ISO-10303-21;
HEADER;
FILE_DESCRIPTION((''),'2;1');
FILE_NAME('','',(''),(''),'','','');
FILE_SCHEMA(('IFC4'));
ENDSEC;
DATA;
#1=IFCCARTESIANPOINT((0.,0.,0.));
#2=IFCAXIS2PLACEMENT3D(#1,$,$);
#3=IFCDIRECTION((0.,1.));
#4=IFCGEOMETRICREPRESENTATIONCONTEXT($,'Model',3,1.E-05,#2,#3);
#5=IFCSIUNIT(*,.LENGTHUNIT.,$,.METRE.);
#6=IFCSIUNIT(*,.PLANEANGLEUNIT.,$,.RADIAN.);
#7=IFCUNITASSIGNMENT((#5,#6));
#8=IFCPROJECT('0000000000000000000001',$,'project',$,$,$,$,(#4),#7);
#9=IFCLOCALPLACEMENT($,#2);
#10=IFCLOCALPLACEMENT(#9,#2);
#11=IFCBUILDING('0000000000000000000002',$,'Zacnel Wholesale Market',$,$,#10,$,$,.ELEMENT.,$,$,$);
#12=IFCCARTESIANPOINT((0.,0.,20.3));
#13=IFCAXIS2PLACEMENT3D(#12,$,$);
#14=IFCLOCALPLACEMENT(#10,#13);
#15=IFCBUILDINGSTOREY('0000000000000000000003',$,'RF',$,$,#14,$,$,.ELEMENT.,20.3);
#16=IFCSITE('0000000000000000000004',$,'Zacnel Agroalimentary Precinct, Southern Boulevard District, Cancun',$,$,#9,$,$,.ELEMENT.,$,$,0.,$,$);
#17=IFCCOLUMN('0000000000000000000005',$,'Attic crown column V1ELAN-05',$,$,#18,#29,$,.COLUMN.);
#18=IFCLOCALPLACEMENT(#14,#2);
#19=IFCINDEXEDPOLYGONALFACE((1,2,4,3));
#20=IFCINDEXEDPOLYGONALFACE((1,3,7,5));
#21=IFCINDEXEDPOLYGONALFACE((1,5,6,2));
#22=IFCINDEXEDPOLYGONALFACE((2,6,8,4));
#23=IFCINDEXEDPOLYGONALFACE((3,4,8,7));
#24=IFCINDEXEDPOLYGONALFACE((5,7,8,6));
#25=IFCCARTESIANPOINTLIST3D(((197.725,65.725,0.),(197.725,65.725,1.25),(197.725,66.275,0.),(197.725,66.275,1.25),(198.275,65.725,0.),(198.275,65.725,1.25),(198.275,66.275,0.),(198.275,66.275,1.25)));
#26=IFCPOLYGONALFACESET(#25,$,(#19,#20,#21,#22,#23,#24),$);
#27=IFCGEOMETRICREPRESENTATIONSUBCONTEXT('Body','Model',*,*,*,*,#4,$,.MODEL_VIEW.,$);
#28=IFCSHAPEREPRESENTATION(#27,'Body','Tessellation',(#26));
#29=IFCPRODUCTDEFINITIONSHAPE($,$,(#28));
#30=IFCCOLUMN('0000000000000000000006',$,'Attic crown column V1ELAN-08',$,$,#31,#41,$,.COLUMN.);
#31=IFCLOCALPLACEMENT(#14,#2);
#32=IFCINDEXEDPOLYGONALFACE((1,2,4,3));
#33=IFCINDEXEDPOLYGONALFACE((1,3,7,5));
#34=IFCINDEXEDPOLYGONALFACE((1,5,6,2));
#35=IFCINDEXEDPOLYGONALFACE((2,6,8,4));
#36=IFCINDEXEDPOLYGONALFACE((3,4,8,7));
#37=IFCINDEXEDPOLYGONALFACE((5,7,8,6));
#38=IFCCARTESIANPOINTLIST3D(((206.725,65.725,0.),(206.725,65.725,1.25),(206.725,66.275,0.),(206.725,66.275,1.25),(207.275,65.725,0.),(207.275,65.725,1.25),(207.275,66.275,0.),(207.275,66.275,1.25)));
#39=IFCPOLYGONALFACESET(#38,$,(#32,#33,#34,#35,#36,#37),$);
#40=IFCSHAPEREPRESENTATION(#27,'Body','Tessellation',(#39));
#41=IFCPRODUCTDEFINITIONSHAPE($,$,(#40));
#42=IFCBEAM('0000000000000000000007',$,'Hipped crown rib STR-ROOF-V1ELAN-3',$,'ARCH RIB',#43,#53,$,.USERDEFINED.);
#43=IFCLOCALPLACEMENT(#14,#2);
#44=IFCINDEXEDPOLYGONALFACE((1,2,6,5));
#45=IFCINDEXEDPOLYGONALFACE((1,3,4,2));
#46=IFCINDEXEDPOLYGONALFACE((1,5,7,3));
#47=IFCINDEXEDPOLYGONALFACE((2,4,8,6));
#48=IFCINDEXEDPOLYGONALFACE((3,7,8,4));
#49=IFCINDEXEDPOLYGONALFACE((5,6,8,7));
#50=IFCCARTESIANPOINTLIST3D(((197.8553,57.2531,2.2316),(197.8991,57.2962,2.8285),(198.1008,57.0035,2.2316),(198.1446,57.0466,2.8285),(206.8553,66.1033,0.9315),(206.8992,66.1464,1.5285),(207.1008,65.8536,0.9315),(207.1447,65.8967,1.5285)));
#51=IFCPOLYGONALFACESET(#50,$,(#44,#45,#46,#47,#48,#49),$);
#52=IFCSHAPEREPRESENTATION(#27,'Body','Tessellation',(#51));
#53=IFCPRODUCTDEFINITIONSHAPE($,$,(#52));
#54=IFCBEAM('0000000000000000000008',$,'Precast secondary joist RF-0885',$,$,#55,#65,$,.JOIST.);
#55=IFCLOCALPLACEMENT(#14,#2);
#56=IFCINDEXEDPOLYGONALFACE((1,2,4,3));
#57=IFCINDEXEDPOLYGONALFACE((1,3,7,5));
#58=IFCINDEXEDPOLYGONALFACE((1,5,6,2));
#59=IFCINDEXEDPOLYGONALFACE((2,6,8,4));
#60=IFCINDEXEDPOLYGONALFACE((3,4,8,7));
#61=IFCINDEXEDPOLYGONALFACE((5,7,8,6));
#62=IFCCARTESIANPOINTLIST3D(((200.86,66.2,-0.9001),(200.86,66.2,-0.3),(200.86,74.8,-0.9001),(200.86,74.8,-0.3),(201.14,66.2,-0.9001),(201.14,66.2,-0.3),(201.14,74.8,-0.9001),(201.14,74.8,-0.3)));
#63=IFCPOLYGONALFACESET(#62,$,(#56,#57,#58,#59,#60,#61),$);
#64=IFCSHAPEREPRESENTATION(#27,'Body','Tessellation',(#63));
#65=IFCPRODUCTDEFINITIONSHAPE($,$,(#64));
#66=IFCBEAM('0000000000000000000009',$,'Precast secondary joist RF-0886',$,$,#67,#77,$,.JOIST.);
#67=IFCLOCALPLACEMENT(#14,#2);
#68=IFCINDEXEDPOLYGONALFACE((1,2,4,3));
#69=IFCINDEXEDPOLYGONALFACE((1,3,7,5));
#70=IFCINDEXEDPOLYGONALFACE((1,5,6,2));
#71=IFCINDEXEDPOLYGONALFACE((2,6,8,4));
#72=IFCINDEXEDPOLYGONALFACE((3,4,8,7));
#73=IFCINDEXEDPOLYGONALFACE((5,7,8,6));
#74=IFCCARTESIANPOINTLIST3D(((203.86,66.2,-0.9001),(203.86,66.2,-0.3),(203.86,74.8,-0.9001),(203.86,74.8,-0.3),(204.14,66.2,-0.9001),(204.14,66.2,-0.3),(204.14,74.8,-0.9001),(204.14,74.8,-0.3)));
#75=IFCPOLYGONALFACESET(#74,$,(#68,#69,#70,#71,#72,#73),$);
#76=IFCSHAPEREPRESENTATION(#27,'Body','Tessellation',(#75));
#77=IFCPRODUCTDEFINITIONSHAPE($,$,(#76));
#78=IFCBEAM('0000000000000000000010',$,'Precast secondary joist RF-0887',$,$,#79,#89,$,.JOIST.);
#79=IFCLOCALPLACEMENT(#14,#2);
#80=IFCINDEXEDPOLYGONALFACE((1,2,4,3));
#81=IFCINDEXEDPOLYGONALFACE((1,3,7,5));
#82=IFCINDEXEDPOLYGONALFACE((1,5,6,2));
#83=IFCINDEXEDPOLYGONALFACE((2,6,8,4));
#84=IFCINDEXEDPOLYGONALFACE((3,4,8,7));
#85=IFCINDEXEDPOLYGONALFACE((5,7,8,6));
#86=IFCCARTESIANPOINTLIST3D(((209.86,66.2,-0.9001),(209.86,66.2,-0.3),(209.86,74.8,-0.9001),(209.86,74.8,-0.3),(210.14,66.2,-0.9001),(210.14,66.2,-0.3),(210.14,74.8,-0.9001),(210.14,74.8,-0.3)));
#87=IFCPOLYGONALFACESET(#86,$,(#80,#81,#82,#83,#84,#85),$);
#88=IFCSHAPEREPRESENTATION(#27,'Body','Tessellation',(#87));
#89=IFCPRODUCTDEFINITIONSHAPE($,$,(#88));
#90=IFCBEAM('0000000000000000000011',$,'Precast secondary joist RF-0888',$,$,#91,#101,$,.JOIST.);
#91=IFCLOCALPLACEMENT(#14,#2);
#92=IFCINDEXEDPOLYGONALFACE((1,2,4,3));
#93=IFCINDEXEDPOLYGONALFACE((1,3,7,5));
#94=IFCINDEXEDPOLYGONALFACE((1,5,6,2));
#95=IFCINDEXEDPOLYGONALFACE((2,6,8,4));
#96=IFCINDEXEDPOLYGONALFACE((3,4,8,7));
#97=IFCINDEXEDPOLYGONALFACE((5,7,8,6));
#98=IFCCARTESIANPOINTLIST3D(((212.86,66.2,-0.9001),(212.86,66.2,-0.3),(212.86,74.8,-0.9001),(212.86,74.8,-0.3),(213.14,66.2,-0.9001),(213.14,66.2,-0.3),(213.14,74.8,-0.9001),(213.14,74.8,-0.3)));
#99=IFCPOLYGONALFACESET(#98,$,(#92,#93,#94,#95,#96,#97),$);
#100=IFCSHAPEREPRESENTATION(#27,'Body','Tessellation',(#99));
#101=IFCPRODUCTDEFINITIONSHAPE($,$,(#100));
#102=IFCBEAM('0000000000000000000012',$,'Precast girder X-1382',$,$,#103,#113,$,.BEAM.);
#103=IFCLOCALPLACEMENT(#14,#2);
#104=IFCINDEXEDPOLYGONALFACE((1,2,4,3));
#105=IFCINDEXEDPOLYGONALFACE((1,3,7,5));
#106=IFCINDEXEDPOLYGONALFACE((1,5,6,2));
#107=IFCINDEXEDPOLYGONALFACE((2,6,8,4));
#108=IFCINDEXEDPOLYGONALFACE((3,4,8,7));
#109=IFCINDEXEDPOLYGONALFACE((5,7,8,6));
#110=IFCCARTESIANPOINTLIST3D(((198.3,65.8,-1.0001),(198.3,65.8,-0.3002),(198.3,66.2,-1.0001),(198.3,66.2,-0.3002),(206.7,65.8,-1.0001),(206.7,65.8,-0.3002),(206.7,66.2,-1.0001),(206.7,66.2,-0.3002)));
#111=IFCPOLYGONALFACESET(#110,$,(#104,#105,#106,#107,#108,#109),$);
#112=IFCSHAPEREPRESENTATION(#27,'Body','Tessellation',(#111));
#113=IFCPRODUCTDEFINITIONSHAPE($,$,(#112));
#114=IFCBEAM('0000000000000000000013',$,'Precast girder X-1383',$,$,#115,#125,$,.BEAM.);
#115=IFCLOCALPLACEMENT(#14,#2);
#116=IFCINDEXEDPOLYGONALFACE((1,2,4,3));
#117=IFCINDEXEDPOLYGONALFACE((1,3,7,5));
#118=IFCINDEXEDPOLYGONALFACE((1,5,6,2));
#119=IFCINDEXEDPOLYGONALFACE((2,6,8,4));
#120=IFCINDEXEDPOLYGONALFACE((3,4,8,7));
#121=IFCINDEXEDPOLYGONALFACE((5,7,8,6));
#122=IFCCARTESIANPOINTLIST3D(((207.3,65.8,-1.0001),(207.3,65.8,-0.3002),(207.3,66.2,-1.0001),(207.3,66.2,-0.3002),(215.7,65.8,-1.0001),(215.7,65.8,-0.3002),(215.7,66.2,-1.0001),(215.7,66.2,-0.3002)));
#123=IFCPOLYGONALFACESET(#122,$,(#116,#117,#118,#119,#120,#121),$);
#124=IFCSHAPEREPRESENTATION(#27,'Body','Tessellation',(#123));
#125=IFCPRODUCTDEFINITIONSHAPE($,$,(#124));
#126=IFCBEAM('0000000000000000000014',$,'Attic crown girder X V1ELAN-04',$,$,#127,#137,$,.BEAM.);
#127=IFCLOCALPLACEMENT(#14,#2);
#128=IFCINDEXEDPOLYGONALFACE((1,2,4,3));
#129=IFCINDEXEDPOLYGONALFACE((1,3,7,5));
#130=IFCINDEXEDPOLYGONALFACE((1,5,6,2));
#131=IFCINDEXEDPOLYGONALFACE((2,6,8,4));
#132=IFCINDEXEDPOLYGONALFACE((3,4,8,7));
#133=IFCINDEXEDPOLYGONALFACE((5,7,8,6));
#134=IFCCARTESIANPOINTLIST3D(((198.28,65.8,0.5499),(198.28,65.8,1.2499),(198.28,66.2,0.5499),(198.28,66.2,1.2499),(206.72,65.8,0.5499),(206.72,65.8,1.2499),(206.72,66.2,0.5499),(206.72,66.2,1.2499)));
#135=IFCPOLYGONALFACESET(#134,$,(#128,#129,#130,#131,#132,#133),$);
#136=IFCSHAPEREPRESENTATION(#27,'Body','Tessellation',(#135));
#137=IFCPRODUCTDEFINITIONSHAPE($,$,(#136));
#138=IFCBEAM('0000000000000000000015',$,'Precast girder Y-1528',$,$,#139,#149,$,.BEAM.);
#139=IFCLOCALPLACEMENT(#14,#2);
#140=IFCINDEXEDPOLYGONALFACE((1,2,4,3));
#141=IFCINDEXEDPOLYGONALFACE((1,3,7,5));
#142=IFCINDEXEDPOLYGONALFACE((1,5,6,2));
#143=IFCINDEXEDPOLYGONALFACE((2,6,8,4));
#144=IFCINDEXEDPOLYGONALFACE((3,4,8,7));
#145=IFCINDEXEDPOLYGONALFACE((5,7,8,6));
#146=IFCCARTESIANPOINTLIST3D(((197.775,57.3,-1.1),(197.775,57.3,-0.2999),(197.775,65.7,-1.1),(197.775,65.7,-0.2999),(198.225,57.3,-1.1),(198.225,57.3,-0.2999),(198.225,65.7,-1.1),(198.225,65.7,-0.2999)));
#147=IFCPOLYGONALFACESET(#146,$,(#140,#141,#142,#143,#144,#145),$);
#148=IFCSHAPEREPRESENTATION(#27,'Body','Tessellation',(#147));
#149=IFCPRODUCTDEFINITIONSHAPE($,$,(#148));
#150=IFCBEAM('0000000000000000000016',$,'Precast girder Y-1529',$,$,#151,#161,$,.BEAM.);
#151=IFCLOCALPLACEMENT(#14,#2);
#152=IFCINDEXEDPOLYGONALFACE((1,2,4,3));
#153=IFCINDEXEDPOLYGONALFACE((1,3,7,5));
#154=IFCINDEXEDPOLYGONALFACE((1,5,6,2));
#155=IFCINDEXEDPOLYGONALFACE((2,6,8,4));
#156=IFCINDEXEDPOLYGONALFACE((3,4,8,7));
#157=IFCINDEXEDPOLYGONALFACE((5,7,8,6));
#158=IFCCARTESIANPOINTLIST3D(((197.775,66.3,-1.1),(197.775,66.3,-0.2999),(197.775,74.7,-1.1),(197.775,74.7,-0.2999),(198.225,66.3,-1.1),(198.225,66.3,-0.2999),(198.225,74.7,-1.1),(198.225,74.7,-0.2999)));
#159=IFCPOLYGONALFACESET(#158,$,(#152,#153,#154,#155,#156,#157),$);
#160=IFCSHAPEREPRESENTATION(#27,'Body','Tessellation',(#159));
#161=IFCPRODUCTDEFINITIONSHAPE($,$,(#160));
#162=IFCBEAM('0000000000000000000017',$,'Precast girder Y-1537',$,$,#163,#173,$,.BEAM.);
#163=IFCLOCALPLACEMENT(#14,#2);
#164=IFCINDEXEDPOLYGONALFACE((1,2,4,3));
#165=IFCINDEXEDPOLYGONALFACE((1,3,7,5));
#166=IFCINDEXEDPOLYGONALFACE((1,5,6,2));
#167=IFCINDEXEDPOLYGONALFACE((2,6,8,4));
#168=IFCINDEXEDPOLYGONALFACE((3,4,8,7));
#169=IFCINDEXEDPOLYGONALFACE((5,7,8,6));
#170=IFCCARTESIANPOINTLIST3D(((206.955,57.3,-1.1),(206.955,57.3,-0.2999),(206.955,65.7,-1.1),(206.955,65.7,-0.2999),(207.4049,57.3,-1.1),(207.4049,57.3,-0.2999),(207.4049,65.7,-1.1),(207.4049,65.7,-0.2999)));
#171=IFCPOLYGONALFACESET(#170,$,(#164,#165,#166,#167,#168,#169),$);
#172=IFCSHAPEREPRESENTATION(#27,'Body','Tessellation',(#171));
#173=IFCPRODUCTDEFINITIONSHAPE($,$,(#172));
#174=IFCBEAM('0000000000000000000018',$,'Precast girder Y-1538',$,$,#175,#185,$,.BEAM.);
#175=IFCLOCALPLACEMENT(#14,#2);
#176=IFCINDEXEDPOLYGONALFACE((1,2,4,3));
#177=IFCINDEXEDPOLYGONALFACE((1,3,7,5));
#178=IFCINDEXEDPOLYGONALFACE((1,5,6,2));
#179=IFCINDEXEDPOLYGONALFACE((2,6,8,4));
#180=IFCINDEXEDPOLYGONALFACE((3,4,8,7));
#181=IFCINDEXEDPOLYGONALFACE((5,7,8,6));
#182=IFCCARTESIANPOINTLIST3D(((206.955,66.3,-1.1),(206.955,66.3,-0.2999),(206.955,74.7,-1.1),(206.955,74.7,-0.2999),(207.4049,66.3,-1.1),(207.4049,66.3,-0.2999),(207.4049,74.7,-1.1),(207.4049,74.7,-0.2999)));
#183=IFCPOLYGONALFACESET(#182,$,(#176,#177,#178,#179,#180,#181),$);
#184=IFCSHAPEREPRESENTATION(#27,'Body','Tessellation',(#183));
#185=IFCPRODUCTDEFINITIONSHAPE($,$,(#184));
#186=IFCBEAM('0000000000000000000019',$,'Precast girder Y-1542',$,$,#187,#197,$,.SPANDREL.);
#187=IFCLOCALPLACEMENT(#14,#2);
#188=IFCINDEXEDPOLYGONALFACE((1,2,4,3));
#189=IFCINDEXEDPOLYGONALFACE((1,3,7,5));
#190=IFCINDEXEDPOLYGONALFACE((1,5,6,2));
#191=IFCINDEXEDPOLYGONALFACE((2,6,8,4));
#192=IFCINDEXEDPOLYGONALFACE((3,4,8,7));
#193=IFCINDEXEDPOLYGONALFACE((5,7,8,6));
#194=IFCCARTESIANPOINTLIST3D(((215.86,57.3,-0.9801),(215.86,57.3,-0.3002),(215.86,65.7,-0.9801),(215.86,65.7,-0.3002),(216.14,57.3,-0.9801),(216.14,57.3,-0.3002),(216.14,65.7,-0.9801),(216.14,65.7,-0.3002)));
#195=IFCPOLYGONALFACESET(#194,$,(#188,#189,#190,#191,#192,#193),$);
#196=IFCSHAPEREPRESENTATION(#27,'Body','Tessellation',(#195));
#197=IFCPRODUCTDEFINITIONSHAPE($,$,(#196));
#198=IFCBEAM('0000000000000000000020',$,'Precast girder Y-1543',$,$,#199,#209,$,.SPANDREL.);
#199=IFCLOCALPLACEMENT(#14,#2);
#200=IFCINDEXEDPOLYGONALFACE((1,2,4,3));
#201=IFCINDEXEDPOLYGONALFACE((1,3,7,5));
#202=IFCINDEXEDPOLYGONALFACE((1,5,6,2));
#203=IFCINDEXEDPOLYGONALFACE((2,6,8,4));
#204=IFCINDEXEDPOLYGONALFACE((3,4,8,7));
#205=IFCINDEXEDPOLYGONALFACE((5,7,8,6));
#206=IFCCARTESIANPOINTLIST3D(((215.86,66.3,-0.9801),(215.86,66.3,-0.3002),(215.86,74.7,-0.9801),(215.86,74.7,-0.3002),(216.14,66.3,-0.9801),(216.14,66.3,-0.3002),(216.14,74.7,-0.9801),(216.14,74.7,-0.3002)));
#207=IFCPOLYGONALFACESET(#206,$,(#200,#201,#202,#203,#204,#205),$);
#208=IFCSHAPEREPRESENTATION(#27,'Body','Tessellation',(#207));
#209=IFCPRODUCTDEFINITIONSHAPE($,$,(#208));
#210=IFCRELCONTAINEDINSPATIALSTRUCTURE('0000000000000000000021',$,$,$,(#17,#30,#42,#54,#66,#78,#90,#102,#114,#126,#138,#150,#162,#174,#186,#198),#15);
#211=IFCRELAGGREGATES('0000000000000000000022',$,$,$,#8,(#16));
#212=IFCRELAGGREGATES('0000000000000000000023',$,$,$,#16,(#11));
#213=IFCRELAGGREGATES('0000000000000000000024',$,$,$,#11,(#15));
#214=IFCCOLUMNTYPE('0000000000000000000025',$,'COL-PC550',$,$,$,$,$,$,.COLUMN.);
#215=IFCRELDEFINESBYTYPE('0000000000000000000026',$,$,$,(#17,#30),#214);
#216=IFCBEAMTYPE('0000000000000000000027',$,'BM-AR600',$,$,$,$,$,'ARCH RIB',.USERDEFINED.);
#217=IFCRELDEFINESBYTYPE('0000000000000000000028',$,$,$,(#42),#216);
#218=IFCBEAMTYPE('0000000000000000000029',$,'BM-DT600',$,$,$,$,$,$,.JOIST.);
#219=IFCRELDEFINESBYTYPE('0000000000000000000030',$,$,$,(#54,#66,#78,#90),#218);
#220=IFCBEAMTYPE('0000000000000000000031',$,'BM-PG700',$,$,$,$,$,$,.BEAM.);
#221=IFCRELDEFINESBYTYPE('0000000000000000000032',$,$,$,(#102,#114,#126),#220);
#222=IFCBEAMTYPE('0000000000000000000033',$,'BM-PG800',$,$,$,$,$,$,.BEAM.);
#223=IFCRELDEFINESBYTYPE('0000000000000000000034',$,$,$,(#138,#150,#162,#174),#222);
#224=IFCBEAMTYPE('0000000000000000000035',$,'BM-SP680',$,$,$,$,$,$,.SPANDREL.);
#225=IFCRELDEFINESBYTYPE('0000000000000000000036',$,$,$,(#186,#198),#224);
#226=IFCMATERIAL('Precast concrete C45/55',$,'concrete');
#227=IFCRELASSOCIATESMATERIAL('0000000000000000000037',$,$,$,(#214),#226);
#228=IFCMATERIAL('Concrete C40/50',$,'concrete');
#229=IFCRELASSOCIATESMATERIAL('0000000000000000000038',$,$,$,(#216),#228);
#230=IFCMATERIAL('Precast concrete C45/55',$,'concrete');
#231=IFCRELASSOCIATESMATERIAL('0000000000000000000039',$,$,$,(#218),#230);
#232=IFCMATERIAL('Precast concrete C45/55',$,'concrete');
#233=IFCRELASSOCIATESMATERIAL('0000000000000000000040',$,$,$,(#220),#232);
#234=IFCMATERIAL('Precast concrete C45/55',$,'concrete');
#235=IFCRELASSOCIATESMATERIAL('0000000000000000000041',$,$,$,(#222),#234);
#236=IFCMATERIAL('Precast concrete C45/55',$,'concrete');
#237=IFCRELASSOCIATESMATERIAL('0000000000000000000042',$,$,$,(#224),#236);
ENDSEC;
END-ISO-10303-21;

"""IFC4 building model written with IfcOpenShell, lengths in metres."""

from ifc_helpers import new_model, si_unit, direction, frame, origin, origin_2d, place, context, subcontext, project, spatial, rectangle, extrude, material, material_profile, profile_set, type_object, element, save


model = new_model("IFC4")

# Units and contexts
model_context = context("Model", 3, precision=1e-05, world=origin(), true_north=direction((0.0, 1.0)))
body_context = subcontext(model_context, "Body", "Model", "MODEL_VIEW")
ifc_project = project(units=[si_unit("LENGTHUNIT", "METRE"), si_unit("PLANEANGLEUNIT", "RADIAN")], contexts=[model_context])

# Site, building, storey
site_placement = place(None, origin())
site = spatial("IfcSite", under=ifc_project, at=site_placement, Name="Zacnel Agroalimentary Precinct, Southern Boulevard District, Cancun", CompositionType="ELEMENT", RefElevation=0.0)
building_placement = place(site_placement, origin())
building = spatial("IfcBuilding", under=site, at=building_placement, Name="Zacnel Wholesale Market", CompositionType="ELEMENT")
storey_placement = place(building_placement, frame((0.0, 0.0, 20.3)))
storey = spatial("IfcBuildingStorey", under=building, at=storey_placement, Name="RF", CompositionType="ELEMENT", Elevation=20.3)

# Columns
ifc_material_1 = material(Name="Precast concrete C45/55", Category="concrete")
ifc_material_profile_1 = material_profile(ifc_material_1, rectangle(XDim=0.55, YDim=0.55, at=origin_2d()), Name="PC 550x550")
ifc_profile_set_1 = profile_set([ifc_material_profile_1], Name="Precast concrete C45/55")
column_type = type_object("IfcColumnType", Name="COL-PC550", PredefinedType="COLUMN", material=ifc_profile_set_1)
for number, where, z_axis, x_axis, name in (
    (1, (198.0, 66.0, 0.0), (0.0, 0.0, 1.0), (1.0, 0.0, 0.0), "Attic crown column V1ELAN-05"),
    (2, (207.0, 66.0, 0.0), (0.0, 0.0, 1.0), (1.0, 0.0, 0.0), "Attic crown column V1ELAN-08"),
):
    element("IfcColumn", number, at=place(storey_placement, frame(where, z_axis=z_axis, x_axis=x_axis)), inside=storey, type_object=column_type, Name=name, PredefinedType="COLUMN", context=body_context, shape_type="SweptSolid", body=[
        extrude(rectangle(XDim=0.55, YDim=0.55, at=origin_2d()), origin(), (0.0, 0.0, 1.0), 1.25),
    ])

# Beams
ifc_material_2 = material(Name="Concrete C40/50", Category="concrete")
ifc_material_profile_2 = material_profile(ifc_material_2, rectangle(XDim=0.3501, YDim=0.6001, at=origin_2d()), Name="ARCH RIB 350x600")
ifc_profile_set_2 = profile_set([ifc_material_profile_2], Name="Concrete C40/50")
beam_type_1 = type_object("IfcBeamType", Name="BM-AR600", ElementType="ARCH RIB", PredefinedType="USERDEFINED", material=ifc_profile_set_2)
beam_1_placement = place(storey_placement, frame((207.0, 66.0, 1.23), z_axis=(-0.709268, -0.697454, 0.102454), x_axis=(0.701144, -0.71302, 0.0)))
element("IfcBeam", 3, at=beam_1_placement, inside=storey, type_object=beam_type_1, Name="Hipped crown rib STR-ROOF-V1ELAN-3", ObjectType="ARCH RIB", PredefinedType="USERDEFINED", context=body_context, shape_type="SweptSolid", body=[
    extrude(rectangle(XDim=0.3501, YDim=0.6001, at=origin_2d()), origin(), (0.0, 0.0, 1.0), 12.6892),
])
ifc_material_3 = material(Name="Precast concrete C45/55", Category="concrete")
ifc_material_profile_3 = material_profile(ifc_material_3, rectangle(XDim=0.28, YDim=0.6001, at=origin_2d()), Name="DT RIB 280x600")
ifc_profile_set_3 = profile_set([ifc_material_profile_3], Name="Precast concrete C45/55")
beam_type_2 = type_object("IfcBeamType", Name="BM-DT600", PredefinedType="JOIST", material=ifc_profile_set_3)
for number, where, z_axis, x_axis, name in (
    (4, (201.0, 66.2, -0.6001), (0.0, 1.0, 0.0), (-1.0, 0.0, 0.0), "Precast secondary joist RF-0885"),
    (5, (204.0, 66.2, -0.6001), (0.0, 1.0, 0.0), (-1.0, 0.0, 0.0), "Precast secondary joist RF-0886"),
    (6, (210.0, 66.2, -0.6001), (0.0, 1.0, 0.0), (-1.0, 0.0, 0.0), "Precast secondary joist RF-0887"),
    (7, (213.0, 66.2, -0.6001), (0.0, 1.0, 0.0), (-1.0, 0.0, 0.0), "Precast secondary joist RF-0888"),
):
    element("IfcBeam", number, at=place(storey_placement, frame(where, z_axis=z_axis, x_axis=x_axis)), inside=storey, type_object=beam_type_2, Name=name, PredefinedType="JOIST", context=body_context, shape_type="SweptSolid", body=[
        extrude(rectangle(XDim=0.28, YDim=0.6001, at=origin_2d()), origin(), (0.0, 0.0, 1.0), 8.6001),
    ])
ifc_material_4 = material(Name="Precast concrete C45/55", Category="concrete")
ifc_material_profile_4 = material_profile(ifc_material_4, rectangle(XDim=0.3999, YDim=0.7, at=origin_2d()), Name="PG 400x700")
ifc_profile_set_4 = profile_set([ifc_material_profile_4], Name="Precast concrete C45/55")
beam_type_3 = type_object("IfcBeamType", Name="BM-PG700", PredefinedType="BEAM", material=ifc_profile_set_4)
for number, where, z_axis, x_axis, name in (
    (8, (198.3, 66.0, -0.6501), (1.0, 0.0, 0.0), (0.0, 1.0, 0.0), "Precast girder X-1382"),
    (9, (207.3, 66.0, -0.6501), (1.0, 0.0, 0.0), (0.0, 1.0, 0.0), "Precast girder X-1383"),
):
    element("IfcBeam", number, at=place(storey_placement, frame(where, z_axis=z_axis, x_axis=x_axis)), inside=storey, type_object=beam_type_3, Name=name, PredefinedType="BEAM", context=body_context, shape_type="SweptSolid", body=[
        extrude(rectangle(XDim=0.3999, YDim=0.7, at=origin_2d()), origin(), (0.0, 0.0, 1.0), 8.3999),
    ])
beam_2_placement = place(storey_placement, frame((198.28, 66.0, 0.8999), z_axis=(1.0, 0.0, 0.0), x_axis=(0.0, 1.0, 0.0)))
element("IfcBeam", 10, at=beam_2_placement, inside=storey, type_object=beam_type_3, Name="Attic crown girder X V1ELAN-04", PredefinedType="BEAM", context=body_context, shape_type="SweptSolid", body=[
    extrude(rectangle(XDim=0.3999, YDim=0.7, at=origin_2d()), origin(), (0.0, 0.0, 1.0), 8.4399),
])
ifc_material_5 = material(Name="Precast concrete C45/55", Category="concrete")
ifc_material_profile_5 = material_profile(ifc_material_5, rectangle(XDim=0.45, YDim=0.8, at=origin_2d()), Name="PG 450x800")
ifc_profile_set_5 = profile_set([ifc_material_profile_5], Name="Precast concrete C45/55")
beam_type_4 = type_object("IfcBeamType", Name="BM-PG800", PredefinedType="BEAM", material=ifc_profile_set_5)
for number, where, z_axis, x_axis, name in (
    (11, (198.0, 57.3, -0.7), (0.0, 1.0, 0.0), (-1.0, 0.0, 0.0), "Precast girder Y-1528"),
    (12, (198.0, 66.3, -0.7), (0.0, 1.0, 0.0), (-1.0, 0.0, 0.0), "Precast girder Y-1529"),
    (13, (207.1799, 57.3, -0.7), (0.0, 1.0, 0.0), (-1.0, 0.0, 0.0), "Precast girder Y-1537"),
    (14, (207.1799, 66.3, -0.7), (0.0, 1.0, 0.0), (-1.0, 0.0, 0.0), "Precast girder Y-1538"),
):
    element("IfcBeam", number, at=place(storey_placement, frame(where, z_axis=z_axis, x_axis=x_axis)), inside=storey, type_object=beam_type_4, Name=name, PredefinedType="BEAM", context=body_context, shape_type="SweptSolid", body=[
        extrude(rectangle(XDim=0.45, YDim=0.8, at=origin_2d()), origin(), (0.0, 0.0, 1.0), 8.3999),
    ])
ifc_material_6 = material(Name="Precast concrete C45/55", Category="concrete")
ifc_material_profile_6 = material_profile(ifc_material_6, rectangle(XDim=0.28, YDim=0.6799, at=origin_2d()), Name="SP 280x680")
ifc_profile_set_6 = profile_set([ifc_material_profile_6], Name="Precast concrete C45/55")
beam_type_5 = type_object("IfcBeamType", Name="BM-SP680", PredefinedType="SPANDREL", material=ifc_profile_set_6)
for number, where, z_axis, x_axis, name in (
    (15, (216.0, 57.3, -0.6401), (0.0, 1.0, 0.0), (-1.0, 0.0, 0.0), "Precast girder Y-1542"),
    (16, (216.0, 66.3, -0.6401), (0.0, 1.0, 0.0), (-1.0, 0.0, 0.0), "Precast girder Y-1543"),
):
    element("IfcBeam", number, at=place(storey_placement, frame(where, z_axis=z_axis, x_axis=x_axis)), inside=storey, type_object=beam_type_5, Name=name, PredefinedType="SPANDREL", context=body_context, shape_type="SweptSolid", body=[
        extrude(rectangle(XDim=0.28, YDim=0.6799, at=origin_2d()), origin(), (0.0, 0.0, 1.0), 8.3999),
    ])

save(model, "model.ifc")
